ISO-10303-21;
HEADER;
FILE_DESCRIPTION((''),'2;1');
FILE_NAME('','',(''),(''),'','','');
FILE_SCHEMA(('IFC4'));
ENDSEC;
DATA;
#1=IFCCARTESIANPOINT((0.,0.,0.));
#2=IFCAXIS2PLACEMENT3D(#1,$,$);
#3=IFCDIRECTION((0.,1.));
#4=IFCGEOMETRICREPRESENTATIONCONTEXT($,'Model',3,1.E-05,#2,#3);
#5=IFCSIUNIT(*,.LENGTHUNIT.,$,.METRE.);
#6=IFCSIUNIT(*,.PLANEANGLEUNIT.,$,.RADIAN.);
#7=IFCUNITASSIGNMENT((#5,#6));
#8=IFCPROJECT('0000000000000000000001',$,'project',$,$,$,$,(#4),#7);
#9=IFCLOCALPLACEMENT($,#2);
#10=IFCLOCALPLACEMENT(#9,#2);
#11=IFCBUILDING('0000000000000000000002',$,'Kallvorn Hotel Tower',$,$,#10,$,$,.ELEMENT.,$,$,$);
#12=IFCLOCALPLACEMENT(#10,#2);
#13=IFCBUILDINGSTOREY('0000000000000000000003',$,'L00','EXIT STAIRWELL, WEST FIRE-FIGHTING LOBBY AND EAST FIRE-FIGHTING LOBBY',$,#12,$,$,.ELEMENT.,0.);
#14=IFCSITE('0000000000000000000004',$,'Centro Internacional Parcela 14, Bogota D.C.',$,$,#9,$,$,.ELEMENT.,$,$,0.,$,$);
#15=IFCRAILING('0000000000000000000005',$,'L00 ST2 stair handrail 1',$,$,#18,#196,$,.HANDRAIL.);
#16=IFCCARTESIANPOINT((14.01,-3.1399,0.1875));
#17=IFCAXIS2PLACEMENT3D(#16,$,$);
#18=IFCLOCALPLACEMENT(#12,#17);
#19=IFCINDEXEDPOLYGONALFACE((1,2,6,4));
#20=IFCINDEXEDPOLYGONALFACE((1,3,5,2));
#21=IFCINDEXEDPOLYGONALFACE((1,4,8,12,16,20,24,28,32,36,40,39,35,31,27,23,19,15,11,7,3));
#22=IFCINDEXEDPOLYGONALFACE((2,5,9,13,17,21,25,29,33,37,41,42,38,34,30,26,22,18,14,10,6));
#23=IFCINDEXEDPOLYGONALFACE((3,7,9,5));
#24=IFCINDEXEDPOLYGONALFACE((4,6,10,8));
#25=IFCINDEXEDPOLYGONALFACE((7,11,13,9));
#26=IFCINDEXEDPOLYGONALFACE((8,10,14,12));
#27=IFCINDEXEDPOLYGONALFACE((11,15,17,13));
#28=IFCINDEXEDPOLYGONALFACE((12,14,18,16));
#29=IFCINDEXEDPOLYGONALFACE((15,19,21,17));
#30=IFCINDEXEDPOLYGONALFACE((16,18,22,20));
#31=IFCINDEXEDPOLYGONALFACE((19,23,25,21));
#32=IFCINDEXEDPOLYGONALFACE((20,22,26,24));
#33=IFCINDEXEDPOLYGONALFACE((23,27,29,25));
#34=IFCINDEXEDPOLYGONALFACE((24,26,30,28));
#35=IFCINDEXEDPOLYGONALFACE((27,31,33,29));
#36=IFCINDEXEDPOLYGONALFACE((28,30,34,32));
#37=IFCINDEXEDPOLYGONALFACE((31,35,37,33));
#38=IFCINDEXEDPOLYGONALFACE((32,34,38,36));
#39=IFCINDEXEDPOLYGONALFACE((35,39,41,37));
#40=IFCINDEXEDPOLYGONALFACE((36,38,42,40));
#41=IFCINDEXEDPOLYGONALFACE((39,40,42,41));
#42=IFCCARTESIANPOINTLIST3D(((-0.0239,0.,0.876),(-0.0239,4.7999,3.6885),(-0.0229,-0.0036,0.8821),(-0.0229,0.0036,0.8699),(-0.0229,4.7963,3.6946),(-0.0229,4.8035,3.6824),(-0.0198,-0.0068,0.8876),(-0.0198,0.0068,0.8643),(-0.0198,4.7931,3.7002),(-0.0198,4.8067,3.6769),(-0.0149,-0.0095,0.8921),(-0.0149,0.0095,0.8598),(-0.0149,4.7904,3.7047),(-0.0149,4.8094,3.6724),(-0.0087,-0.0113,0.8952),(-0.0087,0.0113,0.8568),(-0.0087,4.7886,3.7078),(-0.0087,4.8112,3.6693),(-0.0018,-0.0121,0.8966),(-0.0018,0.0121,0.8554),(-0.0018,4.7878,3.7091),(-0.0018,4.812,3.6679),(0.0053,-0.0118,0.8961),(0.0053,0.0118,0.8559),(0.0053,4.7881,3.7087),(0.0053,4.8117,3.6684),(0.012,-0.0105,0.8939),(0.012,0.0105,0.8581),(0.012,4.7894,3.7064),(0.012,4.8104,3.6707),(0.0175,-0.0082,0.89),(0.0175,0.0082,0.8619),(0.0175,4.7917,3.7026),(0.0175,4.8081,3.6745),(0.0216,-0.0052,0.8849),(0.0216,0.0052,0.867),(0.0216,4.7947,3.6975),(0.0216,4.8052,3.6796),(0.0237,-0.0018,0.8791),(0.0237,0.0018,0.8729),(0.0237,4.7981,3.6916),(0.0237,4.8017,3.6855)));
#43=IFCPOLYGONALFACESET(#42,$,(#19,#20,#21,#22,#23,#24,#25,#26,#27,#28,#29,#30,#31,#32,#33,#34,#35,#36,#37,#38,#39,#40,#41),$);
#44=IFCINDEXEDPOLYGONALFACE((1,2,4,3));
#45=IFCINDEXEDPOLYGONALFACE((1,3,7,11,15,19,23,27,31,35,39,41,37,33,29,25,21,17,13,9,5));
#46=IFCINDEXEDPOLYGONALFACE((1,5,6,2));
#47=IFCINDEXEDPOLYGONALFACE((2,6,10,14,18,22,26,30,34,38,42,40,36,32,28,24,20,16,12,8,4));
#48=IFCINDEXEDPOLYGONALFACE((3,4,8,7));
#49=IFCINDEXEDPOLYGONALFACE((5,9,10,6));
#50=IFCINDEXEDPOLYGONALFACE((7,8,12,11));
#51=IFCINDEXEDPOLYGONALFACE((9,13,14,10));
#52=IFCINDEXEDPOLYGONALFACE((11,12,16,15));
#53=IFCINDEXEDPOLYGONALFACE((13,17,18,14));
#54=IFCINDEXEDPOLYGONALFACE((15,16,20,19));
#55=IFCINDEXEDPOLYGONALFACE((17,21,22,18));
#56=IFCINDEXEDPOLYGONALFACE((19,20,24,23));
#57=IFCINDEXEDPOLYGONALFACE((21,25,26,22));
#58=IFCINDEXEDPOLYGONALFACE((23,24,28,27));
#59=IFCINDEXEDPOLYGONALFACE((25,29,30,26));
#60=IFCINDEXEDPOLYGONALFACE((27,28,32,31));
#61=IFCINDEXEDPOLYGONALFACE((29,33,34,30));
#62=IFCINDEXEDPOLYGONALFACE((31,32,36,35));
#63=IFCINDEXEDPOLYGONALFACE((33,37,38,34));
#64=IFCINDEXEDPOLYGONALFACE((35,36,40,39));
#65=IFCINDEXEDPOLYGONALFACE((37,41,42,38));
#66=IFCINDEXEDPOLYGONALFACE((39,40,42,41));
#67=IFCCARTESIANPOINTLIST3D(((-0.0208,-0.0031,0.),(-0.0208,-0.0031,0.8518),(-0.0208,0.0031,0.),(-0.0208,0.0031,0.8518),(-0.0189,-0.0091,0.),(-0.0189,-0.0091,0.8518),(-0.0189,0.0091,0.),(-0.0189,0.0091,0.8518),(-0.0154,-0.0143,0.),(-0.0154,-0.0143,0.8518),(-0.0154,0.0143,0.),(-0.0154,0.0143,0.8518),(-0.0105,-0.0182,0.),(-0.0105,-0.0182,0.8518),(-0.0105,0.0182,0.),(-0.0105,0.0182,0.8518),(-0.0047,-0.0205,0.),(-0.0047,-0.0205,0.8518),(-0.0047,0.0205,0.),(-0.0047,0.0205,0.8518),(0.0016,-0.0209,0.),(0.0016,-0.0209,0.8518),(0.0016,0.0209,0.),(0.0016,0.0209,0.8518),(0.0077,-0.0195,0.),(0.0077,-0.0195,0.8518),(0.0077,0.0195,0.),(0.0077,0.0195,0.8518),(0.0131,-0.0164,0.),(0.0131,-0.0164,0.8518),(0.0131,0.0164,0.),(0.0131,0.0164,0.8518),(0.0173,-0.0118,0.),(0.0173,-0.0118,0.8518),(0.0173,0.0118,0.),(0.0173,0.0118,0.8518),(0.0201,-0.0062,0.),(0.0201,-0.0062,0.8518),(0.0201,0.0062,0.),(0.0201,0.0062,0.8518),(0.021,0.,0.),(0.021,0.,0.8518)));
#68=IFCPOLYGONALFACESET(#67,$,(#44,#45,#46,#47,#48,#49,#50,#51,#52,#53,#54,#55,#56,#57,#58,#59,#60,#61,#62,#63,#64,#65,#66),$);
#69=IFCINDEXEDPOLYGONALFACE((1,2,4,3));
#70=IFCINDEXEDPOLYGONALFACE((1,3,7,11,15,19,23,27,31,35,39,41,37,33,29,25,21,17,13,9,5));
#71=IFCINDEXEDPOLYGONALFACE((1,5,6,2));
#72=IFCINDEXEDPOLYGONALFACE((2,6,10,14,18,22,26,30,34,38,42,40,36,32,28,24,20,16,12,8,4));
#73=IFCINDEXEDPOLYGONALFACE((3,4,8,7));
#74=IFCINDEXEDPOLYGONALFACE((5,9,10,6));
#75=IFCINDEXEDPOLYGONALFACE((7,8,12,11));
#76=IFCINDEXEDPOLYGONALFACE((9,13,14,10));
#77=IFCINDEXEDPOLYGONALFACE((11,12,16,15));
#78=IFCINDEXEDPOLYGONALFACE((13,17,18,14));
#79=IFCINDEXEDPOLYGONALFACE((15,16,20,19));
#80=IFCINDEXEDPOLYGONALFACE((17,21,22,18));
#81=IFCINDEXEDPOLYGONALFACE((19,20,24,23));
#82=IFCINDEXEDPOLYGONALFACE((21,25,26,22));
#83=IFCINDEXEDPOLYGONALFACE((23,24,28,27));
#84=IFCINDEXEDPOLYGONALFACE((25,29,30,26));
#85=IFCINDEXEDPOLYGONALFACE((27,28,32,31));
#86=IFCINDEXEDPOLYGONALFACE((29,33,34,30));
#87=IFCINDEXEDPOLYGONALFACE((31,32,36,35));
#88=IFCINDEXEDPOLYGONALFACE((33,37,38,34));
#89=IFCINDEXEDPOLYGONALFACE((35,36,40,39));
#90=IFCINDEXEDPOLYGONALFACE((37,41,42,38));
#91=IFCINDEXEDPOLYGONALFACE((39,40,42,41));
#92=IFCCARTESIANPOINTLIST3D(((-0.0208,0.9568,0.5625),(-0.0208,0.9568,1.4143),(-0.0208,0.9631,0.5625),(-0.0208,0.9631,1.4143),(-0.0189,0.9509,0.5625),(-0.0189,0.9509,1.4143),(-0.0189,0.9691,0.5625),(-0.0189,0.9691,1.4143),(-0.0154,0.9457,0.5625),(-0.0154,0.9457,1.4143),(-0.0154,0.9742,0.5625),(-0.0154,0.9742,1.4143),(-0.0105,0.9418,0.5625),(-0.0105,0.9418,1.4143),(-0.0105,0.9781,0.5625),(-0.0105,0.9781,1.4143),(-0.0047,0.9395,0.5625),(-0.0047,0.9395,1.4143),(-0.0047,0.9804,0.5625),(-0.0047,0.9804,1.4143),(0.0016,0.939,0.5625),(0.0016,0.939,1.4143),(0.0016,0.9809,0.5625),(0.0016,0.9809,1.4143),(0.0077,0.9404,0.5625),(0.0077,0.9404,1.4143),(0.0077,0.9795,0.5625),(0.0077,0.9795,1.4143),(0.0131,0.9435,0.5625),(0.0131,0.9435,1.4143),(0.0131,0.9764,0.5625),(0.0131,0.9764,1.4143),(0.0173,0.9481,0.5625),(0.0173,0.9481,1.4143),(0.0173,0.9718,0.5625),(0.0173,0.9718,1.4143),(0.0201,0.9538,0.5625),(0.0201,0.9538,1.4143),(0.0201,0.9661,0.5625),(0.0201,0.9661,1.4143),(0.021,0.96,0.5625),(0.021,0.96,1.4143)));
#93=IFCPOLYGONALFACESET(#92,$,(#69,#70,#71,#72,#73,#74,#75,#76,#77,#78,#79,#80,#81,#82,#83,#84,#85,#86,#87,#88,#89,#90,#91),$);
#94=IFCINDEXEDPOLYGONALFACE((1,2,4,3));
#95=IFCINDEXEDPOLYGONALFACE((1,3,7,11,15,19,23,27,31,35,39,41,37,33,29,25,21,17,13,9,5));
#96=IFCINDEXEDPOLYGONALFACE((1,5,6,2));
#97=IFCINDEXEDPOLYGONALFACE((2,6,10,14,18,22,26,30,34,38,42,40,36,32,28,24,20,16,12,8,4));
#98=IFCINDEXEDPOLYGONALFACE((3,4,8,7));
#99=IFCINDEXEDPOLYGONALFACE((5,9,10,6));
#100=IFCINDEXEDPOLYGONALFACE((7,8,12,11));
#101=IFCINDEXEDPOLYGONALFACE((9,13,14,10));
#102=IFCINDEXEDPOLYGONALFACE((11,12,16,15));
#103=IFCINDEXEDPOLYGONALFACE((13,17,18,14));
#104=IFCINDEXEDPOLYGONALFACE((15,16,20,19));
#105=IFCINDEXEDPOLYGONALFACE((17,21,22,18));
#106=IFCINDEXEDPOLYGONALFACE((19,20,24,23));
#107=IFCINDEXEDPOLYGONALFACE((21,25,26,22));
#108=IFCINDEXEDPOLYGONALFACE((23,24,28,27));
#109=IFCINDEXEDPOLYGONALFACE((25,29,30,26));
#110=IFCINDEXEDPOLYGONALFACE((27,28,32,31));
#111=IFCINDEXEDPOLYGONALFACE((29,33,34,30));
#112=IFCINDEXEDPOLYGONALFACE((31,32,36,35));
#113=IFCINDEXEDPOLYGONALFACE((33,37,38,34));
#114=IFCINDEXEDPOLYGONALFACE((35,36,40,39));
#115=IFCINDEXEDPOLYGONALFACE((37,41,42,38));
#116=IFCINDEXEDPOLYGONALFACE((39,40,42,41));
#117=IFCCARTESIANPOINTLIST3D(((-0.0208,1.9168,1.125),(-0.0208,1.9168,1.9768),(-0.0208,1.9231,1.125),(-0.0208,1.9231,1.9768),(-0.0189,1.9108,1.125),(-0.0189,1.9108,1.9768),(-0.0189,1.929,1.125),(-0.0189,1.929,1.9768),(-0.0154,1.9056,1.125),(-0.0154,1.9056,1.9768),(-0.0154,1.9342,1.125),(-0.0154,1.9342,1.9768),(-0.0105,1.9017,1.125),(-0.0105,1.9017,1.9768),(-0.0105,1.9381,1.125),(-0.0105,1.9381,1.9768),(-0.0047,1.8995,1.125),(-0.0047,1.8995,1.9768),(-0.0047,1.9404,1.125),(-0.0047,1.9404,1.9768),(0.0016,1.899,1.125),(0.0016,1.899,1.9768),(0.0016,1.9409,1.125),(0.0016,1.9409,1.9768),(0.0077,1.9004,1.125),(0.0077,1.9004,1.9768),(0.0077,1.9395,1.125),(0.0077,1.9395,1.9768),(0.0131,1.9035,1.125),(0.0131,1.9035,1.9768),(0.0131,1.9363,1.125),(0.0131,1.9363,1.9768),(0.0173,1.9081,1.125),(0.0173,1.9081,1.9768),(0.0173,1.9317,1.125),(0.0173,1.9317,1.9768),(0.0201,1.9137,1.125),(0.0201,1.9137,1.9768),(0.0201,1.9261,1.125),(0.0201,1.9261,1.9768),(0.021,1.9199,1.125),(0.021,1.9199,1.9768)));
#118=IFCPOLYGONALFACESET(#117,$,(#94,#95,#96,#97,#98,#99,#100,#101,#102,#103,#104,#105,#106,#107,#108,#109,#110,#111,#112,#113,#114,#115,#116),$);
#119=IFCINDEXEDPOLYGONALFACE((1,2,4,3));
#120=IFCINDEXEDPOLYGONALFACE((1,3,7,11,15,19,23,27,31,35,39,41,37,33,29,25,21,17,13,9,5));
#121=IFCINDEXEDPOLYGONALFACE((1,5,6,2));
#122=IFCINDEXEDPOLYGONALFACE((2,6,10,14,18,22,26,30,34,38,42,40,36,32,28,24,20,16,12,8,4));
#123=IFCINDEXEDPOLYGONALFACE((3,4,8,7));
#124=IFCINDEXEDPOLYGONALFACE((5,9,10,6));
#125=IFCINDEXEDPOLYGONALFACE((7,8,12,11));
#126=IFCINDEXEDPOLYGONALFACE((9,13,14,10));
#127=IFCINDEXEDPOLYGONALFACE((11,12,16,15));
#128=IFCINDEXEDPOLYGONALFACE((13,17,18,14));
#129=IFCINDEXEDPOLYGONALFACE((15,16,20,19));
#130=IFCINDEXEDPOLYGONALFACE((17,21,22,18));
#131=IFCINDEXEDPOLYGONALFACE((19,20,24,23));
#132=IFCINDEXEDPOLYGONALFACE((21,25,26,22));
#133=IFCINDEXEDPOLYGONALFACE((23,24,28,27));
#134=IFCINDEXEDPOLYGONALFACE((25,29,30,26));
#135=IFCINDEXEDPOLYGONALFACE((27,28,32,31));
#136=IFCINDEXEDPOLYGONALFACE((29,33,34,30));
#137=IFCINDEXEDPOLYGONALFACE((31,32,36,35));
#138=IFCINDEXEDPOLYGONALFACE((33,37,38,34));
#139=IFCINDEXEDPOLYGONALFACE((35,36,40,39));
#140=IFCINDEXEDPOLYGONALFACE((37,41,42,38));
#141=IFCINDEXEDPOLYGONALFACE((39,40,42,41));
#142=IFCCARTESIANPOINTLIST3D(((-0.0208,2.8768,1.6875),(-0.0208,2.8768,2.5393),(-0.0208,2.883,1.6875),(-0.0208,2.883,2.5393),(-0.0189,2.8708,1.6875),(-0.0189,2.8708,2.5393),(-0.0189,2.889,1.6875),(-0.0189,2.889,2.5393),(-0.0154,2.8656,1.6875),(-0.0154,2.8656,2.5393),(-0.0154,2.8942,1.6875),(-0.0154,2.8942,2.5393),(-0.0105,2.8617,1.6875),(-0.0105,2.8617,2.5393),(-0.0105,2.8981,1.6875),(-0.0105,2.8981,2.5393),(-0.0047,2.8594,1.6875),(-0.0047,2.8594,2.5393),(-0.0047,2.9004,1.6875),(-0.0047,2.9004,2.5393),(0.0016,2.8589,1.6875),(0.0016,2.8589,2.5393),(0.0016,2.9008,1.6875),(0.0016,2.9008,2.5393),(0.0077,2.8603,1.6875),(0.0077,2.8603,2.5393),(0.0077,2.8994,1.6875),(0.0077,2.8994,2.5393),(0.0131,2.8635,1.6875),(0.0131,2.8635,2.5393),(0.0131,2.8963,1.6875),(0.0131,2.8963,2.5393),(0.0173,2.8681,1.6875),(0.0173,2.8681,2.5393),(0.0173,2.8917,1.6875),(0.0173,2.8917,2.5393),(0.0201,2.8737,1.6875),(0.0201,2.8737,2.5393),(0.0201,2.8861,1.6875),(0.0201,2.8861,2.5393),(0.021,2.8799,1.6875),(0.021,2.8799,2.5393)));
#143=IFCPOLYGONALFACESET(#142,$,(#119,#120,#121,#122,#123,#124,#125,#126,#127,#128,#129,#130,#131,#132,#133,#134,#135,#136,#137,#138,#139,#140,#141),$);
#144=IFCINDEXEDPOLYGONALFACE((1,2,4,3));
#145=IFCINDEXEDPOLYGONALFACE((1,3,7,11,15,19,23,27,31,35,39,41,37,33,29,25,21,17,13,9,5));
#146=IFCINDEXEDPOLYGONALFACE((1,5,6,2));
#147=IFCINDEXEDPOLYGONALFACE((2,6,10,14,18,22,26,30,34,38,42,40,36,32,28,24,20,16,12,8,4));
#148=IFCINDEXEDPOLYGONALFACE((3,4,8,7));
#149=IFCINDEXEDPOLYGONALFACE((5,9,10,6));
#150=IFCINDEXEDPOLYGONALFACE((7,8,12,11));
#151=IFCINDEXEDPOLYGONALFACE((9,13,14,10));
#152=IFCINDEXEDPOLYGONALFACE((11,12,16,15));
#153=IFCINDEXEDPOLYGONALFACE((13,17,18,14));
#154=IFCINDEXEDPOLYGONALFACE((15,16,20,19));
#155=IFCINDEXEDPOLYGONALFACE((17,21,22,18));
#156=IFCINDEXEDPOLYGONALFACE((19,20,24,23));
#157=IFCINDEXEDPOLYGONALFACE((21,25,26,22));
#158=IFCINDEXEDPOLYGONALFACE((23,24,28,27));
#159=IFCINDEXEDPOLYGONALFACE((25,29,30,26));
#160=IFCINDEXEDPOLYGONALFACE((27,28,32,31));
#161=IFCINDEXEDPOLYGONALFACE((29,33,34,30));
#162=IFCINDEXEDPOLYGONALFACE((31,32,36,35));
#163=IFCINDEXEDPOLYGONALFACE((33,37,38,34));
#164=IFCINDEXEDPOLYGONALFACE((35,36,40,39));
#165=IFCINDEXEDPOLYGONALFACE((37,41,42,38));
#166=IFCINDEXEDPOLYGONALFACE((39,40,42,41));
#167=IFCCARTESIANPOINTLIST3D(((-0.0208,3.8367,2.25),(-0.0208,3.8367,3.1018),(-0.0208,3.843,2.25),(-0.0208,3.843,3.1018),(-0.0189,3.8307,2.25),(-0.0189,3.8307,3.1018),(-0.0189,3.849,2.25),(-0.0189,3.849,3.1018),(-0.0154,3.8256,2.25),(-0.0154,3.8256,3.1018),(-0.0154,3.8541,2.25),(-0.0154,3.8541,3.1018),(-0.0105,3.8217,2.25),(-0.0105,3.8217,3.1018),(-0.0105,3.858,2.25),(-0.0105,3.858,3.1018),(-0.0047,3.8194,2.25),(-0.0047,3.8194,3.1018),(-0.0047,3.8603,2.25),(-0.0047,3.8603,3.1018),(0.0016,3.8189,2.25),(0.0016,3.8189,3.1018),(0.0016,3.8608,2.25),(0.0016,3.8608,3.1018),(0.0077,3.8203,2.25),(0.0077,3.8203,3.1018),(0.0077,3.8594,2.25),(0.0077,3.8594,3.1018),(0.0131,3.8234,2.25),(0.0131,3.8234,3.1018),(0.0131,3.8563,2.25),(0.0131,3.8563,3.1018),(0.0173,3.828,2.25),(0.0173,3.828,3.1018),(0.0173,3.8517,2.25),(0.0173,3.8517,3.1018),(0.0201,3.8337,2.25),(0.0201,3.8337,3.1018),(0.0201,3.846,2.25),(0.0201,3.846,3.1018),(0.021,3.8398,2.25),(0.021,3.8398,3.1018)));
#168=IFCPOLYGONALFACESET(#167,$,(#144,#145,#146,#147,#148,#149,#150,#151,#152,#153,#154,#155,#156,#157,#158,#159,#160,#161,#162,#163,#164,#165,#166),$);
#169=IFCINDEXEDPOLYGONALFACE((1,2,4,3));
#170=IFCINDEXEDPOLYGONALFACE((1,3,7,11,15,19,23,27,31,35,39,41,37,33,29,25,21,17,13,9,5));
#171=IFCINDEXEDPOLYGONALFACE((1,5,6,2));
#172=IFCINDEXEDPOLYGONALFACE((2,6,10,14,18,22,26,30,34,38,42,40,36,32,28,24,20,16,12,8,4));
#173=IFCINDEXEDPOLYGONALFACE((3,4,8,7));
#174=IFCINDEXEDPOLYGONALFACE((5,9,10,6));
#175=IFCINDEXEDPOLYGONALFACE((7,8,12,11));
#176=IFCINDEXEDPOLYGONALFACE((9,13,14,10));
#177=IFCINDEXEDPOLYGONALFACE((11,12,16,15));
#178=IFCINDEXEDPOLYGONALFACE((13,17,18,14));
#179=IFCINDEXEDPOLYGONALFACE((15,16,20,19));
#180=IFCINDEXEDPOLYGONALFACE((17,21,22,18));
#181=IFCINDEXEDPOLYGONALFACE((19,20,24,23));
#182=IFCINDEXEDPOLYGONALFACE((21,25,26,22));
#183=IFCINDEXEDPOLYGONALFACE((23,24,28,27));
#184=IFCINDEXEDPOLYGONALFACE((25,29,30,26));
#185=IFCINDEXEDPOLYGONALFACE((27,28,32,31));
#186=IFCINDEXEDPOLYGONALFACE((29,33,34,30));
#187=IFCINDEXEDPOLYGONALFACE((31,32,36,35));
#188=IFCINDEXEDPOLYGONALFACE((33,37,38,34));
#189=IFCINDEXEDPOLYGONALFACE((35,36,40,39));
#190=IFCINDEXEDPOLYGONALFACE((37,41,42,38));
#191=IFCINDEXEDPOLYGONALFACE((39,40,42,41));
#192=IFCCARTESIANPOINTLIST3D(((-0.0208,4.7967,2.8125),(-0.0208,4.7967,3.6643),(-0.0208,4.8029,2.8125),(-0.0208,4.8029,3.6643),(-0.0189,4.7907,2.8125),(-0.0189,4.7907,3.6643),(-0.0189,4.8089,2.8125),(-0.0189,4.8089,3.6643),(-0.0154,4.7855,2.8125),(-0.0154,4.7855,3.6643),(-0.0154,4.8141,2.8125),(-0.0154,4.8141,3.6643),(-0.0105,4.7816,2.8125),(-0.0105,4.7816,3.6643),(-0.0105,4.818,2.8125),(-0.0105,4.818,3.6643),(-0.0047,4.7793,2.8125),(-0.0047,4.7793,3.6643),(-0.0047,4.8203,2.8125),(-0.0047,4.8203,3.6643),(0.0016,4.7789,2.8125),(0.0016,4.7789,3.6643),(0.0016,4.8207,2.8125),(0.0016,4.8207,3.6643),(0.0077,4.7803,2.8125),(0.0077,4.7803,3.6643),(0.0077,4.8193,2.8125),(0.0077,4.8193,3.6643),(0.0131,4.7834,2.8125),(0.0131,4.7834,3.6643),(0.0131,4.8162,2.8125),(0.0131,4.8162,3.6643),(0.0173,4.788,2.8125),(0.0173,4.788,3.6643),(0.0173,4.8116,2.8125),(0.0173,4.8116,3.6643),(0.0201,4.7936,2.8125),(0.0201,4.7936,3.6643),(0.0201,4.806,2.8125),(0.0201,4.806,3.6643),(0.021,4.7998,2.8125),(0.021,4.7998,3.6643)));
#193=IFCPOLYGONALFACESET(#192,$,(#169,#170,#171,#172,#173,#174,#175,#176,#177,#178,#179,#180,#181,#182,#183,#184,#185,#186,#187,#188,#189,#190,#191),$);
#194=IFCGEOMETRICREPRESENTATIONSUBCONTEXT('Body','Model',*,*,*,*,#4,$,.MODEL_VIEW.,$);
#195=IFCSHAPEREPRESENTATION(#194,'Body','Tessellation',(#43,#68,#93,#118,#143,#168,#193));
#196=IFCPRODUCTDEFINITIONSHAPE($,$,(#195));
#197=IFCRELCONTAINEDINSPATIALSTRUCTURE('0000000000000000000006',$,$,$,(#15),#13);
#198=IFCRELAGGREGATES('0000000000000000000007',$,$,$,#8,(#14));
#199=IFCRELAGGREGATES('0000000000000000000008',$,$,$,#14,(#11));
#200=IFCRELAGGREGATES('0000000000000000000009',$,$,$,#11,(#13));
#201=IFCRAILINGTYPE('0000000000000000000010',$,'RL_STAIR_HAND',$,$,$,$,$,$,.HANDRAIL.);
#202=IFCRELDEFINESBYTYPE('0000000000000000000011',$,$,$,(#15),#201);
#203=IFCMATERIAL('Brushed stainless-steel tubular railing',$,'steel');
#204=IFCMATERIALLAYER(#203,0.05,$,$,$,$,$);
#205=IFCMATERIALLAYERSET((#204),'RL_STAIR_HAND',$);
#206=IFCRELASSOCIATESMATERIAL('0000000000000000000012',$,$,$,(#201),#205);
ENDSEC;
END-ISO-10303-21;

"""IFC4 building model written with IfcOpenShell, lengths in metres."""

from ifc_helpers import new_model, si_unit, direction, frame, origin, origin_2d, place, context, subcontext, project, spatial, circle, extrude, material, layer, layer_set, type_object, element, save


model = new_model("IFC4")

# Units and contexts
model_context = context("Model", 3, precision=1e-05, world=origin(), true_north=direction((0.0, 1.0)))
body_context = subcontext(model_context, "Body", "Model", "MODEL_VIEW")
ifc_project = project(units=[si_unit("LENGTHUNIT", "METRE"), si_unit("PLANEANGLEUNIT", "RADIAN")], contexts=[model_context])

# Site, building, storey
site_placement = place(None, origin())
site = spatial("IfcSite", under=ifc_project, at=site_placement, Name="Centro Internacional Parcela 14, Bogota D.C.", CompositionType="ELEMENT", RefElevation=0.0)
building_placement = place(site_placement, origin())
building = spatial("IfcBuilding", under=site, at=building_placement, Name="Kallvorn Hotel Tower", CompositionType="ELEMENT")
storey_placement = place(building_placement, origin())
storey = spatial("IfcBuildingStorey", under=building, at=storey_placement, Name="L00", Description="EXIT STAIRWELL, WEST FIRE-FIGHTING LOBBY AND EAST FIRE-FIGHTING LOBBY", CompositionType="ELEMENT", Elevation=0.0)

# Railing
ifc_material_1 = material(Name="Brushed stainless-steel tubular railing", Category="steel")
ifc_layer_1 = layer(ifc_material_1, 0.05)
ifc_layer_set_1 = layer_set([ifc_layer_1], Name="RL_STAIR_HAND")
railing_type_1 = type_object("IfcRailingType", Name="RL_STAIR_HAND", PredefinedType="HANDRAIL", material=ifc_layer_set_1)
railing_1_placement = place(storey_placement, frame((14.01, -3.1399, 0.1875)))
element("IfcRailing", 1, at=railing_1_placement, inside=storey, type_object=railing_type_1, Name="L00 ST2 stair handrail 1", PredefinedType="HANDRAIL", context=body_context, shape_type="SweptSolid", body=[
    extrude(circle(Radius=0.0239, at=origin_2d()), frame((0.0, 0.0, 0.876), z_axis=(0.0, 0.86279, 0.505562), x_axis=(-1.0, 0.0, 0.0)), (0.0, 0.0, 1.0), 5.5632),
    extrude(circle(Radius=0.021, at=origin_2d()), origin(), (0.0, 0.0, 1.0), 0.8518),
    extrude(circle(Radius=0.021, at=origin_2d()), frame((0.0, 0.96, 0.5625)), (0.0, 0.0, 1.0), 0.8518),
    extrude(circle(Radius=0.021, at=origin_2d()), frame((0.0, 1.9199, 1.125)), (0.0, 0.0, 1.0), 0.8518),
    extrude(circle(Radius=0.021, at=origin_2d()), frame((0.0, 2.8799, 1.6875)), (0.0, 0.0, 1.0), 0.8518),
    extrude(circle(Radius=0.021, at=origin_2d()), frame((0.0, 3.8398, 2.25)), (0.0, 0.0, 1.0), 0.8518),
    extrude(circle(Radius=0.021, at=origin_2d()), frame((0.0, 4.7998, 2.8125)), (0.0, 0.0, 1.0), 0.8518),
])

save(model, "model.ifc")
